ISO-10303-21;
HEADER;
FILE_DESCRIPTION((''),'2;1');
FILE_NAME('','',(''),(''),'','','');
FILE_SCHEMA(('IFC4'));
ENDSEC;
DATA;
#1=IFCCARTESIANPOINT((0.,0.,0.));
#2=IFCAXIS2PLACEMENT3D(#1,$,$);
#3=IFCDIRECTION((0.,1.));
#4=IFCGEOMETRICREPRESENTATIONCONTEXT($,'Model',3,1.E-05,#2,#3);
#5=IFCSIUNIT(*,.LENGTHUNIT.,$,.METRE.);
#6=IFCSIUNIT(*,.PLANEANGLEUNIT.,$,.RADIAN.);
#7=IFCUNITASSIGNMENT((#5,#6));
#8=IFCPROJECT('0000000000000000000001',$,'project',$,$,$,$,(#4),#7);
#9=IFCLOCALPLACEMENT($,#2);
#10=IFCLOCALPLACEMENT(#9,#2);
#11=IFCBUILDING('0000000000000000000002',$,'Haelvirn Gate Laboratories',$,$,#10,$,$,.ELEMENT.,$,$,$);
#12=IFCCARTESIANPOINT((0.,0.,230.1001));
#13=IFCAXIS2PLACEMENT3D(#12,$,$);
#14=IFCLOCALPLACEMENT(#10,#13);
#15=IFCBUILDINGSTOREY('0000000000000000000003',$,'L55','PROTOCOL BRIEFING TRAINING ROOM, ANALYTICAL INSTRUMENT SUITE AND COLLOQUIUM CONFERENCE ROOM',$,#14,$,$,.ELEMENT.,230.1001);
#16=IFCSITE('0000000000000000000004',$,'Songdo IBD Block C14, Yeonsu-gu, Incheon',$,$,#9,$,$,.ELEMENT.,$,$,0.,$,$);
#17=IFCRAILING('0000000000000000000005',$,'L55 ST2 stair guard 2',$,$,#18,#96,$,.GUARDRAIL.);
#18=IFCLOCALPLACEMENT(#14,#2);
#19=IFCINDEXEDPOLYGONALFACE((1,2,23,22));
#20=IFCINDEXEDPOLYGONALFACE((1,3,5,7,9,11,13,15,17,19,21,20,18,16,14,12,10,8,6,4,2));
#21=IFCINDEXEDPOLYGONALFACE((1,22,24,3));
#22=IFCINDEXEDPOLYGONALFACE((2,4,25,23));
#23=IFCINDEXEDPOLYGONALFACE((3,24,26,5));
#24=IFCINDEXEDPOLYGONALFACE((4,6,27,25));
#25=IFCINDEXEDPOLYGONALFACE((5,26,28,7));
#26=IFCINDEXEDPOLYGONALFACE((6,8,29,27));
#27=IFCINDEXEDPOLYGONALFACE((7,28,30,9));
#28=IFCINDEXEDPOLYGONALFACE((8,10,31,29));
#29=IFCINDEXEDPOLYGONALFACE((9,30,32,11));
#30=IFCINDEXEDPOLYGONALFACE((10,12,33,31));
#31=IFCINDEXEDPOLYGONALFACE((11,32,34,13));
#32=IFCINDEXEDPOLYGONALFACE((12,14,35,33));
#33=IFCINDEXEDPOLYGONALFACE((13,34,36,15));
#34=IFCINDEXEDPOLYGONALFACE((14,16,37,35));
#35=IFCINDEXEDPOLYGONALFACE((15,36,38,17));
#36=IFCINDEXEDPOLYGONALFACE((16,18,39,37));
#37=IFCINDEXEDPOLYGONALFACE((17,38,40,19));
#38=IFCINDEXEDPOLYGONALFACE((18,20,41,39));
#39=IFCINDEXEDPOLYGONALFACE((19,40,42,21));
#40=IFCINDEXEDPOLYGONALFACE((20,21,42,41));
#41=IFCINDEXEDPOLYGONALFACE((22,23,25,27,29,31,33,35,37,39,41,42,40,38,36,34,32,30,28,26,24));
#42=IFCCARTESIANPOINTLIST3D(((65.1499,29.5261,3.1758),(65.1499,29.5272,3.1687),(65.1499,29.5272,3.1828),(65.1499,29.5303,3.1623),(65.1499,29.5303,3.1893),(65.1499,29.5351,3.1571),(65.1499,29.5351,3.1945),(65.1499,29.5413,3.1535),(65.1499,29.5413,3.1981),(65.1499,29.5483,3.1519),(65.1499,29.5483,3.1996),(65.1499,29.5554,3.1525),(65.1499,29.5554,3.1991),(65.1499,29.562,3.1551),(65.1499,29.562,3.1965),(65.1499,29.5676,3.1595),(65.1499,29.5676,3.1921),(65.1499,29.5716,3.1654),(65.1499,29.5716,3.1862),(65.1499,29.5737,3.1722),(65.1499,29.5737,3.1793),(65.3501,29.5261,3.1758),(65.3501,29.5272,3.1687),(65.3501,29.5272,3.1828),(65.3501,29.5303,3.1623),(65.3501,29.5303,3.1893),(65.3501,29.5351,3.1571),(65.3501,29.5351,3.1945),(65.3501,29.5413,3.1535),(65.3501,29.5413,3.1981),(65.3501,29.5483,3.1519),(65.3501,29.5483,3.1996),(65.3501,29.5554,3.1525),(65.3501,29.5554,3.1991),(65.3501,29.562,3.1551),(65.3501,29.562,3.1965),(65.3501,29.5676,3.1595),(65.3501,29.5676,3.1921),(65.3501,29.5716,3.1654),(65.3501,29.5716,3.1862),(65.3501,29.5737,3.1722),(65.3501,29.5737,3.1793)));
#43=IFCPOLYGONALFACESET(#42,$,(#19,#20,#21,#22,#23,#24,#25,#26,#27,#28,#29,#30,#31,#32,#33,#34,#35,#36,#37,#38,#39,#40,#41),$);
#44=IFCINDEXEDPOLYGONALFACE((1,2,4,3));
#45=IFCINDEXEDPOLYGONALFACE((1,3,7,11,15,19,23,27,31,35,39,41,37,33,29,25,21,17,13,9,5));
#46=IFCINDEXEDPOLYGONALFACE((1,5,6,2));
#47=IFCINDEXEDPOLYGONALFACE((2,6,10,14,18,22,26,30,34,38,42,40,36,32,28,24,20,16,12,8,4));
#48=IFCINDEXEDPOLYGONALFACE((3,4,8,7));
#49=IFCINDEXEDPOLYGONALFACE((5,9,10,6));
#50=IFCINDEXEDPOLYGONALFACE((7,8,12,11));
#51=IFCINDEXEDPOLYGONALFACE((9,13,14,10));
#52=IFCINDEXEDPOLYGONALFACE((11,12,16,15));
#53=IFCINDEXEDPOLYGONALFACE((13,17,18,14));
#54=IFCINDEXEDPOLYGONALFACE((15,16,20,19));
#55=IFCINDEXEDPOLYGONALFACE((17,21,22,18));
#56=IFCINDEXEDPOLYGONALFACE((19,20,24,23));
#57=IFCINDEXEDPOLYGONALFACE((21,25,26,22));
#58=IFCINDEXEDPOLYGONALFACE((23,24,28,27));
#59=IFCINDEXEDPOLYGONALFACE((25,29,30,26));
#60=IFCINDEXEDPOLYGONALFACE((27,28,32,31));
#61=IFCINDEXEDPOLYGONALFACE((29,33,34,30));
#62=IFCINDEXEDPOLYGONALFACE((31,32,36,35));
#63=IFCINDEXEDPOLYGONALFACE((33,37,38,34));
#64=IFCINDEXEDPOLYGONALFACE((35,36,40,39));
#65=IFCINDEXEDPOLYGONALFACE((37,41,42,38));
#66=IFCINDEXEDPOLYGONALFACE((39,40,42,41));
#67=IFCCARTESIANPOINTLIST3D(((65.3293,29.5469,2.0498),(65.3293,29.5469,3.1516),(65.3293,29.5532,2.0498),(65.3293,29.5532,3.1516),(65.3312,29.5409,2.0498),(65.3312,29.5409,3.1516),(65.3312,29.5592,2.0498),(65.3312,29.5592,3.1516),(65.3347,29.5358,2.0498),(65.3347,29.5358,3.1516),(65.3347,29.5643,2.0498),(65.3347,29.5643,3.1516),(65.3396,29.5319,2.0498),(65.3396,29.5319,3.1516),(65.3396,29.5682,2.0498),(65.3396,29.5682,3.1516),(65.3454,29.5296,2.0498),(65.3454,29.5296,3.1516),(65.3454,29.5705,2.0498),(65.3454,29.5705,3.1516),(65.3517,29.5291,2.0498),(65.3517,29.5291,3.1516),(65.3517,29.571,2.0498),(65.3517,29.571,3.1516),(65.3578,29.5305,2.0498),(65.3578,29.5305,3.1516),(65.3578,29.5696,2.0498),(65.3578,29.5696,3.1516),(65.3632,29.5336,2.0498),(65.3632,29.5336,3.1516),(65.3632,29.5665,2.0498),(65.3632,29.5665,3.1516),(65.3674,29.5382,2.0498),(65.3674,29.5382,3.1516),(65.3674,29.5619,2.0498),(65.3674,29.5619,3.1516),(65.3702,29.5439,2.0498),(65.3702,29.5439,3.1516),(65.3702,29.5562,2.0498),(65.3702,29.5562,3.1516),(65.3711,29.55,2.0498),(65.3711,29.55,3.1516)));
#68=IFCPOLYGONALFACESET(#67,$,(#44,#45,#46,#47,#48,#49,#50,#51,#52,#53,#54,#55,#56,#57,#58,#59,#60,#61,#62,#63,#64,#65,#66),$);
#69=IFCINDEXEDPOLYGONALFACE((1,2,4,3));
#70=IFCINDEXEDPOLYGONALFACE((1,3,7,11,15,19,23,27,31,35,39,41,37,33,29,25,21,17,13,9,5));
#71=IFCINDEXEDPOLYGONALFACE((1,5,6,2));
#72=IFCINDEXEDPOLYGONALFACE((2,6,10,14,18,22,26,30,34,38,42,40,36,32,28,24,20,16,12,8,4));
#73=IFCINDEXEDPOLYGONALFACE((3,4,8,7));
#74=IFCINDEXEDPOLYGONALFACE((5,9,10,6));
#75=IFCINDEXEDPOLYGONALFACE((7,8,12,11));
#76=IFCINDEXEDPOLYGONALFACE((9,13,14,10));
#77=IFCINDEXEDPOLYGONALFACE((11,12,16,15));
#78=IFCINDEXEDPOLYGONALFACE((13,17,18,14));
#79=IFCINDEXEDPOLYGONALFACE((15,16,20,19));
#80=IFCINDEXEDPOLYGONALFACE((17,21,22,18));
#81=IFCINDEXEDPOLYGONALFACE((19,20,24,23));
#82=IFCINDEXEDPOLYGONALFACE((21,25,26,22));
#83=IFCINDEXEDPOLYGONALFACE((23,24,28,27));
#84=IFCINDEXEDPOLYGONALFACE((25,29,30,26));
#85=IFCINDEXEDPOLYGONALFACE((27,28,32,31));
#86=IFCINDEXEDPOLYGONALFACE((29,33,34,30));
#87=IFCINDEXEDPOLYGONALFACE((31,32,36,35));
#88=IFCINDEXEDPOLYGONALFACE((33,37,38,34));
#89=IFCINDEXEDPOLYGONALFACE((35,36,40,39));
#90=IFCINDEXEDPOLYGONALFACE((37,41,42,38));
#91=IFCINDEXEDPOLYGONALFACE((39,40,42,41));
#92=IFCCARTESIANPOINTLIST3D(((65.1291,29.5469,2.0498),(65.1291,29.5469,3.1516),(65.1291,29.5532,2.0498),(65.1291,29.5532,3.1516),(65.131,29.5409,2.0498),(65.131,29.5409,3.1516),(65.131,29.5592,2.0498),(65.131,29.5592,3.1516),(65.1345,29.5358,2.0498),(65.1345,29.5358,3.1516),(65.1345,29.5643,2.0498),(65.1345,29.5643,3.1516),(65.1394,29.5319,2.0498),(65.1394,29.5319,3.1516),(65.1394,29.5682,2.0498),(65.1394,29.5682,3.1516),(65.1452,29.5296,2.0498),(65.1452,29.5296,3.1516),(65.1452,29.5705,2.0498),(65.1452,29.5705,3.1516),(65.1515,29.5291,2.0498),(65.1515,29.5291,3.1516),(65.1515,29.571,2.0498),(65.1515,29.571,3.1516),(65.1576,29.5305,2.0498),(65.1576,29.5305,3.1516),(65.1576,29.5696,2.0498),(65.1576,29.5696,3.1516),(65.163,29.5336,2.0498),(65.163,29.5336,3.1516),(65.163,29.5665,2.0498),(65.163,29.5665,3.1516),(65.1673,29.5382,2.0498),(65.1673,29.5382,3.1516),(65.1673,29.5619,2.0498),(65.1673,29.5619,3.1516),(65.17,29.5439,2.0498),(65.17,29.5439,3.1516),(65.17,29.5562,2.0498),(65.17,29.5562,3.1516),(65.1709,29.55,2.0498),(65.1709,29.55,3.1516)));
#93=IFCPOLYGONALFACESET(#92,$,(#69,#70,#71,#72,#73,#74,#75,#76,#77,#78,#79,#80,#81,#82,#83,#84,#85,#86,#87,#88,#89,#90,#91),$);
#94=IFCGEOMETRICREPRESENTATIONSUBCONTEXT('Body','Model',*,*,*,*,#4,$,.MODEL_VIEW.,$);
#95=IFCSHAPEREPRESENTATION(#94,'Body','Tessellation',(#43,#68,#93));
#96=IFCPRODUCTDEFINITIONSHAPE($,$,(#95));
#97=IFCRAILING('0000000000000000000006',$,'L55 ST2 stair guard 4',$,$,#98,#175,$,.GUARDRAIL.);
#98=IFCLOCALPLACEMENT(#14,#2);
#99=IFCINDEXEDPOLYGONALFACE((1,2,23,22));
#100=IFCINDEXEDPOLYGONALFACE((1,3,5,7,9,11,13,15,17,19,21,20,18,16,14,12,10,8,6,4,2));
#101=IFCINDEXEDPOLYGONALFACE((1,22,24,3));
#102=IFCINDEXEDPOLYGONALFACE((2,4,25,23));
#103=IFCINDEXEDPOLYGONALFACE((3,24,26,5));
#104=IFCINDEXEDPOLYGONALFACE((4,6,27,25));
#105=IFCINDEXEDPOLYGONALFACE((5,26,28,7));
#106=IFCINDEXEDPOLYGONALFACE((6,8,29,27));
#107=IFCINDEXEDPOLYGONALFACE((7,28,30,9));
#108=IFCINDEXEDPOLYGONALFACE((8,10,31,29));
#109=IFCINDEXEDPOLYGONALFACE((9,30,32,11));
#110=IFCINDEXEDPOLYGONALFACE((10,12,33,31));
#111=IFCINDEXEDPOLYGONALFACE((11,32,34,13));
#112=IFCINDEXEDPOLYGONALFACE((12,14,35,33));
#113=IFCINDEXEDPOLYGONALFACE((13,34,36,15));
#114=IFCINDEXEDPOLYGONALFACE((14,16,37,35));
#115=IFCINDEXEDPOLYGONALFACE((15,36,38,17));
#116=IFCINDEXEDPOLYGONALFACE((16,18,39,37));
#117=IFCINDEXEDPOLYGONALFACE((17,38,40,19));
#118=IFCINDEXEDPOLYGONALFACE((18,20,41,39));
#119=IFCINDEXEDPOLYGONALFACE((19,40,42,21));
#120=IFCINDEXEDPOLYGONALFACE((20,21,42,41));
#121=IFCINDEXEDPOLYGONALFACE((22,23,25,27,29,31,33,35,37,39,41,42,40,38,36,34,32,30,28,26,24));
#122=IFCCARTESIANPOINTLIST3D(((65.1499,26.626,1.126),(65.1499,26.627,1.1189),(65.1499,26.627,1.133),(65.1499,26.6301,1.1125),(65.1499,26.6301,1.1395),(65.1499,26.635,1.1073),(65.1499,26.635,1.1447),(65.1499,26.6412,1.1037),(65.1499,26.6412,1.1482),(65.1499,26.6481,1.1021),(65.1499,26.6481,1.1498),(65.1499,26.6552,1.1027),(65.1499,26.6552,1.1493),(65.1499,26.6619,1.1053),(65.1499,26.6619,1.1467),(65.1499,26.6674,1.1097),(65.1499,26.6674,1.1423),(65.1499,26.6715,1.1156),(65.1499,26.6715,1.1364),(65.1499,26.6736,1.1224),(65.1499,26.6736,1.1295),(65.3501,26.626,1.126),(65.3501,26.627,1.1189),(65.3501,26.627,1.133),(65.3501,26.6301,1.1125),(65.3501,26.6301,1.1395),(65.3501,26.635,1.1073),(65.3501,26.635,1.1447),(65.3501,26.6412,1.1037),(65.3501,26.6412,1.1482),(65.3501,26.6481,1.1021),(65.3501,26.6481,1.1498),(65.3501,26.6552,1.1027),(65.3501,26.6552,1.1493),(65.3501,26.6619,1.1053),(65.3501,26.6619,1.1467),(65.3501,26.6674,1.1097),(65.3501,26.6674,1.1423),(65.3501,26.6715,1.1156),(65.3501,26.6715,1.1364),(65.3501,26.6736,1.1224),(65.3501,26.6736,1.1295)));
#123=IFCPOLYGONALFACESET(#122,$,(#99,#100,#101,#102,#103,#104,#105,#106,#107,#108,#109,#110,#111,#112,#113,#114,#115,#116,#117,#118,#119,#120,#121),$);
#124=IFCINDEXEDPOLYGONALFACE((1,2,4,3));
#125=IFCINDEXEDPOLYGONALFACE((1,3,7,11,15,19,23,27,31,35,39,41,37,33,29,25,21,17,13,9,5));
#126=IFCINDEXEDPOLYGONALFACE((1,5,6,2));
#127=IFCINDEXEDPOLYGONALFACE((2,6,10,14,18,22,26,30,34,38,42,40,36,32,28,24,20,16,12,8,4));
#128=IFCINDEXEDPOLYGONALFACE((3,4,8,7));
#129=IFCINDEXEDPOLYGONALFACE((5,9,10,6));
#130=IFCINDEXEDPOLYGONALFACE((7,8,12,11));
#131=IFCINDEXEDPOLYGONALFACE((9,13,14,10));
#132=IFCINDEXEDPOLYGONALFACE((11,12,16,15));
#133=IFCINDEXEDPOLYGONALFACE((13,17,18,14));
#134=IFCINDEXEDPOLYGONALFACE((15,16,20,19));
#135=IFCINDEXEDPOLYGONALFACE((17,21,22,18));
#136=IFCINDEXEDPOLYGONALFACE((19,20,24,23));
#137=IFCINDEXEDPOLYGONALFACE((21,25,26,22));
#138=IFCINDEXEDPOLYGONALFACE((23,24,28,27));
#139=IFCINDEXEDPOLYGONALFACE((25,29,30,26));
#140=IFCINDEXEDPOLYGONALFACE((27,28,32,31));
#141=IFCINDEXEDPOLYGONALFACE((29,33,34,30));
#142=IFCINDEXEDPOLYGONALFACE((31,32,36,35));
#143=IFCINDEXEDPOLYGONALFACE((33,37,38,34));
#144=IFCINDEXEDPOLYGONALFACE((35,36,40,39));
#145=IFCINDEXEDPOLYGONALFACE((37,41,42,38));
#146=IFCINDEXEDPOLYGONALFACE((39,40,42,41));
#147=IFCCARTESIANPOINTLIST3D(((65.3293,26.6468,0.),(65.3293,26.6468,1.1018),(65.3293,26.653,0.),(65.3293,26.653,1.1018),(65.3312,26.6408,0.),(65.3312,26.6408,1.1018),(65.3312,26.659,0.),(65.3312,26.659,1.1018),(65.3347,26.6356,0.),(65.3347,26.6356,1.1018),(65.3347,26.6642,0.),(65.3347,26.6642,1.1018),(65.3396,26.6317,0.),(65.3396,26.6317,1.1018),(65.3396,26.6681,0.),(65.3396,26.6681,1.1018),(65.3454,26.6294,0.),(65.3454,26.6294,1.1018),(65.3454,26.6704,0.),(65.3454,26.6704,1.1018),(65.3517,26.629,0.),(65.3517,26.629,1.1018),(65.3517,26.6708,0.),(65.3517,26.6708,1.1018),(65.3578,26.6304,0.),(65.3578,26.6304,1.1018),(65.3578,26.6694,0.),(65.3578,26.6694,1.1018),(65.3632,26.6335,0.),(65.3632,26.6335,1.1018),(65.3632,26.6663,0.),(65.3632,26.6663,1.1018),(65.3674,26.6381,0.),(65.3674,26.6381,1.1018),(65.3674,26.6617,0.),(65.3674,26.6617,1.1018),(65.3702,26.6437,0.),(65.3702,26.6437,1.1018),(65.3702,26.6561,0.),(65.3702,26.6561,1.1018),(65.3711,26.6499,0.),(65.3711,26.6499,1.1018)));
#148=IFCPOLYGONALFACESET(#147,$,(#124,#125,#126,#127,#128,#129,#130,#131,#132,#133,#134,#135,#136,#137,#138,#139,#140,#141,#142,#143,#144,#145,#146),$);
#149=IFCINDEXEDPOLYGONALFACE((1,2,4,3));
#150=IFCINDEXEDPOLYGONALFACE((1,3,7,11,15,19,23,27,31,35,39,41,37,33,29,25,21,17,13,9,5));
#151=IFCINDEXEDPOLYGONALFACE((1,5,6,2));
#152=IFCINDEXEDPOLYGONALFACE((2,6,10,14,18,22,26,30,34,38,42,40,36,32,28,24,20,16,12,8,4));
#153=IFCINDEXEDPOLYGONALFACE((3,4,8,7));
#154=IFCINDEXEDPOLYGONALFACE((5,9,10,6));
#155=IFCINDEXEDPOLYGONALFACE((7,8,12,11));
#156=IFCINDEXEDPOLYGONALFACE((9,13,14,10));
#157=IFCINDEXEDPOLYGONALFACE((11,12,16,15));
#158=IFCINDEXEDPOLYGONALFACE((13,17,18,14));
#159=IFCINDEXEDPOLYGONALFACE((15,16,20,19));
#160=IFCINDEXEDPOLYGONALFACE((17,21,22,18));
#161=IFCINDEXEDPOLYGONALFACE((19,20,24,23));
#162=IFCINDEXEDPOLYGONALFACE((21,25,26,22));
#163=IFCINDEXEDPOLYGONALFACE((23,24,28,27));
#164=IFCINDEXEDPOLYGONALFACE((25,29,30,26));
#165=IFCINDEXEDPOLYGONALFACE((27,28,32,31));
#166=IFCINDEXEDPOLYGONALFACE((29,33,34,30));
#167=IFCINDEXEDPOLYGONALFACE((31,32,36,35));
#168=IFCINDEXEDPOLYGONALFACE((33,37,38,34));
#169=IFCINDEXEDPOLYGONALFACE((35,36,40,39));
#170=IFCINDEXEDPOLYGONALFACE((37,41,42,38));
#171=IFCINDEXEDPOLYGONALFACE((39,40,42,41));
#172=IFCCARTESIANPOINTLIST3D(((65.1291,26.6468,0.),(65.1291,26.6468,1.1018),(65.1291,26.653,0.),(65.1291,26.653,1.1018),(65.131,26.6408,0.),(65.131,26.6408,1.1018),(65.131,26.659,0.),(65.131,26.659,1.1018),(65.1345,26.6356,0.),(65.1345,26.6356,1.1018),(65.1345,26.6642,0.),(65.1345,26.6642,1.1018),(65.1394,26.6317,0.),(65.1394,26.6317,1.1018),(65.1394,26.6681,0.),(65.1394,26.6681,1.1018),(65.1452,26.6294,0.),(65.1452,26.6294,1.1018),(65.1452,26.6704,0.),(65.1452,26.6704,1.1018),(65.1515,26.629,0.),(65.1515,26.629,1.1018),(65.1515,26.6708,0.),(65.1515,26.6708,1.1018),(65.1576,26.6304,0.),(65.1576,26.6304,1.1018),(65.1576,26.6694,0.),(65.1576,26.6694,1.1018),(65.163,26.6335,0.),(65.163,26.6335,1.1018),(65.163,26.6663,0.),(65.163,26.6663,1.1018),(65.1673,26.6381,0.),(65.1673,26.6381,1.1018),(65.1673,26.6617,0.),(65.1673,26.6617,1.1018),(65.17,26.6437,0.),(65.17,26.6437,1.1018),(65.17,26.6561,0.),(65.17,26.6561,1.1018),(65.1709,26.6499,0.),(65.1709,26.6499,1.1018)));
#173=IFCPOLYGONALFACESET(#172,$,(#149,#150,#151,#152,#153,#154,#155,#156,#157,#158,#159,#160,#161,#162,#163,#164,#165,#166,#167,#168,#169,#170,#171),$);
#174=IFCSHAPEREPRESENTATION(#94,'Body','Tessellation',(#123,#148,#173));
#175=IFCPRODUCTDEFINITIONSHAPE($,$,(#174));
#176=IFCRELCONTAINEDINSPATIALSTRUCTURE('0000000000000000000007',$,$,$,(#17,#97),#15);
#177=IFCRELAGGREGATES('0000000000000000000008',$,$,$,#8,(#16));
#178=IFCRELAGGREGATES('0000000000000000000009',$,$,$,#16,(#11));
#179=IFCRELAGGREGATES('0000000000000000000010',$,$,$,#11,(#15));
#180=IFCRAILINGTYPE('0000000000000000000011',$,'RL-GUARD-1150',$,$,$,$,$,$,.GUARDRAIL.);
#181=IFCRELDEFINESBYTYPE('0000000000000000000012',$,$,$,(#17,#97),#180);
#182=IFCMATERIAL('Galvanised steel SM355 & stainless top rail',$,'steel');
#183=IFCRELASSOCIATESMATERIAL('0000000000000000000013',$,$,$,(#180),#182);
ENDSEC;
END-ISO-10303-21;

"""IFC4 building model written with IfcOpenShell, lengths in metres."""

from ifc_helpers import new_model, si_unit, direction, frame, origin, origin_2d, place, context, subcontext, project, spatial, circle, extrude, source, transform, mapped, material, type_object, element, save


model = new_model("IFC4")

# Units and contexts
model_context = context("Model", 3, precision=1e-05, world=origin(), true_north=direction((0.0, 1.0)))
body_context = subcontext(model_context, "Body", "Model", "MODEL_VIEW")
ifc_project = project(units=[si_unit("LENGTHUNIT", "METRE"), si_unit("PLANEANGLEUNIT", "RADIAN")], contexts=[model_context])

# Site, building, storey
site_placement = place(None, origin())
site = spatial("IfcSite", under=ifc_project, at=site_placement, Name="Songdo IBD Block C14, Yeonsu-gu, Incheon", CompositionType="ELEMENT", RefElevation=0.0)
building_placement = place(site_placement, origin())
building = spatial("IfcBuilding", under=site, at=building_placement, Name="Haelvirn Gate Laboratories", CompositionType="ELEMENT")
storey_placement = place(building_placement, frame((0.0, 0.0, 230.1001)))
storey = spatial("IfcBuildingStorey", under=building, at=storey_placement, Name="L55", Description="PROTOCOL BRIEFING TRAINING ROOM, ANALYTICAL INSTRUMENT SUITE AND COLLOQUIUM CONFERENCE ROOM", CompositionType="ELEMENT", Elevation=230.1001)

# Railings
ifc_material_1 = material(Name="Galvanised steel SM355 & stainless top rail", Category="steel")
railing_type_1 = type_object("IfcRailingType", Name="RL-GUARD-1150", PredefinedType="GUARDRAIL", material=ifc_material_1)
shared_shape_1 = source(origin(), body_context, "Body", "SweptSolid", [
    extrude(circle(Radius=0.0239, at=origin_2d()), frame((0.0, 0.0, 1.126), z_axis=(-1.0, 0.0, 0.0), x_axis=(0.0, -1.0, 0.0)), (0.0, 0.0, 1.0), 0.2002),
    extrude(circle(Radius=0.021, at=origin_2d()), origin(), (0.0, 0.0, 1.0), 1.1018),
    extrude(circle(Radius=0.021, at=origin_2d()), frame((-0.2002, 0.0, 0.0)), (0.0, 0.0, 1.0), 1.1018),
])
for number, where, name in (
    (1, (65.3501, 29.55, 2.0498), "L55 ST2 stair guard 2"),
    (2, (65.3501, 26.6499, 0.0), "L55 ST2 stair guard 4"),
):
    element("IfcRailing", number, at=place(storey_placement, frame(where)), inside=storey, type_object=railing_type_1, Name=name, PredefinedType="GUARDRAIL", context=body_context, shape_type="MappedRepresentation", body=[
        mapped(shared_shape_1, transform((0.0, 0.0, 0.0), scale=1.0)),
    ])

save(model, "model.ifc")
